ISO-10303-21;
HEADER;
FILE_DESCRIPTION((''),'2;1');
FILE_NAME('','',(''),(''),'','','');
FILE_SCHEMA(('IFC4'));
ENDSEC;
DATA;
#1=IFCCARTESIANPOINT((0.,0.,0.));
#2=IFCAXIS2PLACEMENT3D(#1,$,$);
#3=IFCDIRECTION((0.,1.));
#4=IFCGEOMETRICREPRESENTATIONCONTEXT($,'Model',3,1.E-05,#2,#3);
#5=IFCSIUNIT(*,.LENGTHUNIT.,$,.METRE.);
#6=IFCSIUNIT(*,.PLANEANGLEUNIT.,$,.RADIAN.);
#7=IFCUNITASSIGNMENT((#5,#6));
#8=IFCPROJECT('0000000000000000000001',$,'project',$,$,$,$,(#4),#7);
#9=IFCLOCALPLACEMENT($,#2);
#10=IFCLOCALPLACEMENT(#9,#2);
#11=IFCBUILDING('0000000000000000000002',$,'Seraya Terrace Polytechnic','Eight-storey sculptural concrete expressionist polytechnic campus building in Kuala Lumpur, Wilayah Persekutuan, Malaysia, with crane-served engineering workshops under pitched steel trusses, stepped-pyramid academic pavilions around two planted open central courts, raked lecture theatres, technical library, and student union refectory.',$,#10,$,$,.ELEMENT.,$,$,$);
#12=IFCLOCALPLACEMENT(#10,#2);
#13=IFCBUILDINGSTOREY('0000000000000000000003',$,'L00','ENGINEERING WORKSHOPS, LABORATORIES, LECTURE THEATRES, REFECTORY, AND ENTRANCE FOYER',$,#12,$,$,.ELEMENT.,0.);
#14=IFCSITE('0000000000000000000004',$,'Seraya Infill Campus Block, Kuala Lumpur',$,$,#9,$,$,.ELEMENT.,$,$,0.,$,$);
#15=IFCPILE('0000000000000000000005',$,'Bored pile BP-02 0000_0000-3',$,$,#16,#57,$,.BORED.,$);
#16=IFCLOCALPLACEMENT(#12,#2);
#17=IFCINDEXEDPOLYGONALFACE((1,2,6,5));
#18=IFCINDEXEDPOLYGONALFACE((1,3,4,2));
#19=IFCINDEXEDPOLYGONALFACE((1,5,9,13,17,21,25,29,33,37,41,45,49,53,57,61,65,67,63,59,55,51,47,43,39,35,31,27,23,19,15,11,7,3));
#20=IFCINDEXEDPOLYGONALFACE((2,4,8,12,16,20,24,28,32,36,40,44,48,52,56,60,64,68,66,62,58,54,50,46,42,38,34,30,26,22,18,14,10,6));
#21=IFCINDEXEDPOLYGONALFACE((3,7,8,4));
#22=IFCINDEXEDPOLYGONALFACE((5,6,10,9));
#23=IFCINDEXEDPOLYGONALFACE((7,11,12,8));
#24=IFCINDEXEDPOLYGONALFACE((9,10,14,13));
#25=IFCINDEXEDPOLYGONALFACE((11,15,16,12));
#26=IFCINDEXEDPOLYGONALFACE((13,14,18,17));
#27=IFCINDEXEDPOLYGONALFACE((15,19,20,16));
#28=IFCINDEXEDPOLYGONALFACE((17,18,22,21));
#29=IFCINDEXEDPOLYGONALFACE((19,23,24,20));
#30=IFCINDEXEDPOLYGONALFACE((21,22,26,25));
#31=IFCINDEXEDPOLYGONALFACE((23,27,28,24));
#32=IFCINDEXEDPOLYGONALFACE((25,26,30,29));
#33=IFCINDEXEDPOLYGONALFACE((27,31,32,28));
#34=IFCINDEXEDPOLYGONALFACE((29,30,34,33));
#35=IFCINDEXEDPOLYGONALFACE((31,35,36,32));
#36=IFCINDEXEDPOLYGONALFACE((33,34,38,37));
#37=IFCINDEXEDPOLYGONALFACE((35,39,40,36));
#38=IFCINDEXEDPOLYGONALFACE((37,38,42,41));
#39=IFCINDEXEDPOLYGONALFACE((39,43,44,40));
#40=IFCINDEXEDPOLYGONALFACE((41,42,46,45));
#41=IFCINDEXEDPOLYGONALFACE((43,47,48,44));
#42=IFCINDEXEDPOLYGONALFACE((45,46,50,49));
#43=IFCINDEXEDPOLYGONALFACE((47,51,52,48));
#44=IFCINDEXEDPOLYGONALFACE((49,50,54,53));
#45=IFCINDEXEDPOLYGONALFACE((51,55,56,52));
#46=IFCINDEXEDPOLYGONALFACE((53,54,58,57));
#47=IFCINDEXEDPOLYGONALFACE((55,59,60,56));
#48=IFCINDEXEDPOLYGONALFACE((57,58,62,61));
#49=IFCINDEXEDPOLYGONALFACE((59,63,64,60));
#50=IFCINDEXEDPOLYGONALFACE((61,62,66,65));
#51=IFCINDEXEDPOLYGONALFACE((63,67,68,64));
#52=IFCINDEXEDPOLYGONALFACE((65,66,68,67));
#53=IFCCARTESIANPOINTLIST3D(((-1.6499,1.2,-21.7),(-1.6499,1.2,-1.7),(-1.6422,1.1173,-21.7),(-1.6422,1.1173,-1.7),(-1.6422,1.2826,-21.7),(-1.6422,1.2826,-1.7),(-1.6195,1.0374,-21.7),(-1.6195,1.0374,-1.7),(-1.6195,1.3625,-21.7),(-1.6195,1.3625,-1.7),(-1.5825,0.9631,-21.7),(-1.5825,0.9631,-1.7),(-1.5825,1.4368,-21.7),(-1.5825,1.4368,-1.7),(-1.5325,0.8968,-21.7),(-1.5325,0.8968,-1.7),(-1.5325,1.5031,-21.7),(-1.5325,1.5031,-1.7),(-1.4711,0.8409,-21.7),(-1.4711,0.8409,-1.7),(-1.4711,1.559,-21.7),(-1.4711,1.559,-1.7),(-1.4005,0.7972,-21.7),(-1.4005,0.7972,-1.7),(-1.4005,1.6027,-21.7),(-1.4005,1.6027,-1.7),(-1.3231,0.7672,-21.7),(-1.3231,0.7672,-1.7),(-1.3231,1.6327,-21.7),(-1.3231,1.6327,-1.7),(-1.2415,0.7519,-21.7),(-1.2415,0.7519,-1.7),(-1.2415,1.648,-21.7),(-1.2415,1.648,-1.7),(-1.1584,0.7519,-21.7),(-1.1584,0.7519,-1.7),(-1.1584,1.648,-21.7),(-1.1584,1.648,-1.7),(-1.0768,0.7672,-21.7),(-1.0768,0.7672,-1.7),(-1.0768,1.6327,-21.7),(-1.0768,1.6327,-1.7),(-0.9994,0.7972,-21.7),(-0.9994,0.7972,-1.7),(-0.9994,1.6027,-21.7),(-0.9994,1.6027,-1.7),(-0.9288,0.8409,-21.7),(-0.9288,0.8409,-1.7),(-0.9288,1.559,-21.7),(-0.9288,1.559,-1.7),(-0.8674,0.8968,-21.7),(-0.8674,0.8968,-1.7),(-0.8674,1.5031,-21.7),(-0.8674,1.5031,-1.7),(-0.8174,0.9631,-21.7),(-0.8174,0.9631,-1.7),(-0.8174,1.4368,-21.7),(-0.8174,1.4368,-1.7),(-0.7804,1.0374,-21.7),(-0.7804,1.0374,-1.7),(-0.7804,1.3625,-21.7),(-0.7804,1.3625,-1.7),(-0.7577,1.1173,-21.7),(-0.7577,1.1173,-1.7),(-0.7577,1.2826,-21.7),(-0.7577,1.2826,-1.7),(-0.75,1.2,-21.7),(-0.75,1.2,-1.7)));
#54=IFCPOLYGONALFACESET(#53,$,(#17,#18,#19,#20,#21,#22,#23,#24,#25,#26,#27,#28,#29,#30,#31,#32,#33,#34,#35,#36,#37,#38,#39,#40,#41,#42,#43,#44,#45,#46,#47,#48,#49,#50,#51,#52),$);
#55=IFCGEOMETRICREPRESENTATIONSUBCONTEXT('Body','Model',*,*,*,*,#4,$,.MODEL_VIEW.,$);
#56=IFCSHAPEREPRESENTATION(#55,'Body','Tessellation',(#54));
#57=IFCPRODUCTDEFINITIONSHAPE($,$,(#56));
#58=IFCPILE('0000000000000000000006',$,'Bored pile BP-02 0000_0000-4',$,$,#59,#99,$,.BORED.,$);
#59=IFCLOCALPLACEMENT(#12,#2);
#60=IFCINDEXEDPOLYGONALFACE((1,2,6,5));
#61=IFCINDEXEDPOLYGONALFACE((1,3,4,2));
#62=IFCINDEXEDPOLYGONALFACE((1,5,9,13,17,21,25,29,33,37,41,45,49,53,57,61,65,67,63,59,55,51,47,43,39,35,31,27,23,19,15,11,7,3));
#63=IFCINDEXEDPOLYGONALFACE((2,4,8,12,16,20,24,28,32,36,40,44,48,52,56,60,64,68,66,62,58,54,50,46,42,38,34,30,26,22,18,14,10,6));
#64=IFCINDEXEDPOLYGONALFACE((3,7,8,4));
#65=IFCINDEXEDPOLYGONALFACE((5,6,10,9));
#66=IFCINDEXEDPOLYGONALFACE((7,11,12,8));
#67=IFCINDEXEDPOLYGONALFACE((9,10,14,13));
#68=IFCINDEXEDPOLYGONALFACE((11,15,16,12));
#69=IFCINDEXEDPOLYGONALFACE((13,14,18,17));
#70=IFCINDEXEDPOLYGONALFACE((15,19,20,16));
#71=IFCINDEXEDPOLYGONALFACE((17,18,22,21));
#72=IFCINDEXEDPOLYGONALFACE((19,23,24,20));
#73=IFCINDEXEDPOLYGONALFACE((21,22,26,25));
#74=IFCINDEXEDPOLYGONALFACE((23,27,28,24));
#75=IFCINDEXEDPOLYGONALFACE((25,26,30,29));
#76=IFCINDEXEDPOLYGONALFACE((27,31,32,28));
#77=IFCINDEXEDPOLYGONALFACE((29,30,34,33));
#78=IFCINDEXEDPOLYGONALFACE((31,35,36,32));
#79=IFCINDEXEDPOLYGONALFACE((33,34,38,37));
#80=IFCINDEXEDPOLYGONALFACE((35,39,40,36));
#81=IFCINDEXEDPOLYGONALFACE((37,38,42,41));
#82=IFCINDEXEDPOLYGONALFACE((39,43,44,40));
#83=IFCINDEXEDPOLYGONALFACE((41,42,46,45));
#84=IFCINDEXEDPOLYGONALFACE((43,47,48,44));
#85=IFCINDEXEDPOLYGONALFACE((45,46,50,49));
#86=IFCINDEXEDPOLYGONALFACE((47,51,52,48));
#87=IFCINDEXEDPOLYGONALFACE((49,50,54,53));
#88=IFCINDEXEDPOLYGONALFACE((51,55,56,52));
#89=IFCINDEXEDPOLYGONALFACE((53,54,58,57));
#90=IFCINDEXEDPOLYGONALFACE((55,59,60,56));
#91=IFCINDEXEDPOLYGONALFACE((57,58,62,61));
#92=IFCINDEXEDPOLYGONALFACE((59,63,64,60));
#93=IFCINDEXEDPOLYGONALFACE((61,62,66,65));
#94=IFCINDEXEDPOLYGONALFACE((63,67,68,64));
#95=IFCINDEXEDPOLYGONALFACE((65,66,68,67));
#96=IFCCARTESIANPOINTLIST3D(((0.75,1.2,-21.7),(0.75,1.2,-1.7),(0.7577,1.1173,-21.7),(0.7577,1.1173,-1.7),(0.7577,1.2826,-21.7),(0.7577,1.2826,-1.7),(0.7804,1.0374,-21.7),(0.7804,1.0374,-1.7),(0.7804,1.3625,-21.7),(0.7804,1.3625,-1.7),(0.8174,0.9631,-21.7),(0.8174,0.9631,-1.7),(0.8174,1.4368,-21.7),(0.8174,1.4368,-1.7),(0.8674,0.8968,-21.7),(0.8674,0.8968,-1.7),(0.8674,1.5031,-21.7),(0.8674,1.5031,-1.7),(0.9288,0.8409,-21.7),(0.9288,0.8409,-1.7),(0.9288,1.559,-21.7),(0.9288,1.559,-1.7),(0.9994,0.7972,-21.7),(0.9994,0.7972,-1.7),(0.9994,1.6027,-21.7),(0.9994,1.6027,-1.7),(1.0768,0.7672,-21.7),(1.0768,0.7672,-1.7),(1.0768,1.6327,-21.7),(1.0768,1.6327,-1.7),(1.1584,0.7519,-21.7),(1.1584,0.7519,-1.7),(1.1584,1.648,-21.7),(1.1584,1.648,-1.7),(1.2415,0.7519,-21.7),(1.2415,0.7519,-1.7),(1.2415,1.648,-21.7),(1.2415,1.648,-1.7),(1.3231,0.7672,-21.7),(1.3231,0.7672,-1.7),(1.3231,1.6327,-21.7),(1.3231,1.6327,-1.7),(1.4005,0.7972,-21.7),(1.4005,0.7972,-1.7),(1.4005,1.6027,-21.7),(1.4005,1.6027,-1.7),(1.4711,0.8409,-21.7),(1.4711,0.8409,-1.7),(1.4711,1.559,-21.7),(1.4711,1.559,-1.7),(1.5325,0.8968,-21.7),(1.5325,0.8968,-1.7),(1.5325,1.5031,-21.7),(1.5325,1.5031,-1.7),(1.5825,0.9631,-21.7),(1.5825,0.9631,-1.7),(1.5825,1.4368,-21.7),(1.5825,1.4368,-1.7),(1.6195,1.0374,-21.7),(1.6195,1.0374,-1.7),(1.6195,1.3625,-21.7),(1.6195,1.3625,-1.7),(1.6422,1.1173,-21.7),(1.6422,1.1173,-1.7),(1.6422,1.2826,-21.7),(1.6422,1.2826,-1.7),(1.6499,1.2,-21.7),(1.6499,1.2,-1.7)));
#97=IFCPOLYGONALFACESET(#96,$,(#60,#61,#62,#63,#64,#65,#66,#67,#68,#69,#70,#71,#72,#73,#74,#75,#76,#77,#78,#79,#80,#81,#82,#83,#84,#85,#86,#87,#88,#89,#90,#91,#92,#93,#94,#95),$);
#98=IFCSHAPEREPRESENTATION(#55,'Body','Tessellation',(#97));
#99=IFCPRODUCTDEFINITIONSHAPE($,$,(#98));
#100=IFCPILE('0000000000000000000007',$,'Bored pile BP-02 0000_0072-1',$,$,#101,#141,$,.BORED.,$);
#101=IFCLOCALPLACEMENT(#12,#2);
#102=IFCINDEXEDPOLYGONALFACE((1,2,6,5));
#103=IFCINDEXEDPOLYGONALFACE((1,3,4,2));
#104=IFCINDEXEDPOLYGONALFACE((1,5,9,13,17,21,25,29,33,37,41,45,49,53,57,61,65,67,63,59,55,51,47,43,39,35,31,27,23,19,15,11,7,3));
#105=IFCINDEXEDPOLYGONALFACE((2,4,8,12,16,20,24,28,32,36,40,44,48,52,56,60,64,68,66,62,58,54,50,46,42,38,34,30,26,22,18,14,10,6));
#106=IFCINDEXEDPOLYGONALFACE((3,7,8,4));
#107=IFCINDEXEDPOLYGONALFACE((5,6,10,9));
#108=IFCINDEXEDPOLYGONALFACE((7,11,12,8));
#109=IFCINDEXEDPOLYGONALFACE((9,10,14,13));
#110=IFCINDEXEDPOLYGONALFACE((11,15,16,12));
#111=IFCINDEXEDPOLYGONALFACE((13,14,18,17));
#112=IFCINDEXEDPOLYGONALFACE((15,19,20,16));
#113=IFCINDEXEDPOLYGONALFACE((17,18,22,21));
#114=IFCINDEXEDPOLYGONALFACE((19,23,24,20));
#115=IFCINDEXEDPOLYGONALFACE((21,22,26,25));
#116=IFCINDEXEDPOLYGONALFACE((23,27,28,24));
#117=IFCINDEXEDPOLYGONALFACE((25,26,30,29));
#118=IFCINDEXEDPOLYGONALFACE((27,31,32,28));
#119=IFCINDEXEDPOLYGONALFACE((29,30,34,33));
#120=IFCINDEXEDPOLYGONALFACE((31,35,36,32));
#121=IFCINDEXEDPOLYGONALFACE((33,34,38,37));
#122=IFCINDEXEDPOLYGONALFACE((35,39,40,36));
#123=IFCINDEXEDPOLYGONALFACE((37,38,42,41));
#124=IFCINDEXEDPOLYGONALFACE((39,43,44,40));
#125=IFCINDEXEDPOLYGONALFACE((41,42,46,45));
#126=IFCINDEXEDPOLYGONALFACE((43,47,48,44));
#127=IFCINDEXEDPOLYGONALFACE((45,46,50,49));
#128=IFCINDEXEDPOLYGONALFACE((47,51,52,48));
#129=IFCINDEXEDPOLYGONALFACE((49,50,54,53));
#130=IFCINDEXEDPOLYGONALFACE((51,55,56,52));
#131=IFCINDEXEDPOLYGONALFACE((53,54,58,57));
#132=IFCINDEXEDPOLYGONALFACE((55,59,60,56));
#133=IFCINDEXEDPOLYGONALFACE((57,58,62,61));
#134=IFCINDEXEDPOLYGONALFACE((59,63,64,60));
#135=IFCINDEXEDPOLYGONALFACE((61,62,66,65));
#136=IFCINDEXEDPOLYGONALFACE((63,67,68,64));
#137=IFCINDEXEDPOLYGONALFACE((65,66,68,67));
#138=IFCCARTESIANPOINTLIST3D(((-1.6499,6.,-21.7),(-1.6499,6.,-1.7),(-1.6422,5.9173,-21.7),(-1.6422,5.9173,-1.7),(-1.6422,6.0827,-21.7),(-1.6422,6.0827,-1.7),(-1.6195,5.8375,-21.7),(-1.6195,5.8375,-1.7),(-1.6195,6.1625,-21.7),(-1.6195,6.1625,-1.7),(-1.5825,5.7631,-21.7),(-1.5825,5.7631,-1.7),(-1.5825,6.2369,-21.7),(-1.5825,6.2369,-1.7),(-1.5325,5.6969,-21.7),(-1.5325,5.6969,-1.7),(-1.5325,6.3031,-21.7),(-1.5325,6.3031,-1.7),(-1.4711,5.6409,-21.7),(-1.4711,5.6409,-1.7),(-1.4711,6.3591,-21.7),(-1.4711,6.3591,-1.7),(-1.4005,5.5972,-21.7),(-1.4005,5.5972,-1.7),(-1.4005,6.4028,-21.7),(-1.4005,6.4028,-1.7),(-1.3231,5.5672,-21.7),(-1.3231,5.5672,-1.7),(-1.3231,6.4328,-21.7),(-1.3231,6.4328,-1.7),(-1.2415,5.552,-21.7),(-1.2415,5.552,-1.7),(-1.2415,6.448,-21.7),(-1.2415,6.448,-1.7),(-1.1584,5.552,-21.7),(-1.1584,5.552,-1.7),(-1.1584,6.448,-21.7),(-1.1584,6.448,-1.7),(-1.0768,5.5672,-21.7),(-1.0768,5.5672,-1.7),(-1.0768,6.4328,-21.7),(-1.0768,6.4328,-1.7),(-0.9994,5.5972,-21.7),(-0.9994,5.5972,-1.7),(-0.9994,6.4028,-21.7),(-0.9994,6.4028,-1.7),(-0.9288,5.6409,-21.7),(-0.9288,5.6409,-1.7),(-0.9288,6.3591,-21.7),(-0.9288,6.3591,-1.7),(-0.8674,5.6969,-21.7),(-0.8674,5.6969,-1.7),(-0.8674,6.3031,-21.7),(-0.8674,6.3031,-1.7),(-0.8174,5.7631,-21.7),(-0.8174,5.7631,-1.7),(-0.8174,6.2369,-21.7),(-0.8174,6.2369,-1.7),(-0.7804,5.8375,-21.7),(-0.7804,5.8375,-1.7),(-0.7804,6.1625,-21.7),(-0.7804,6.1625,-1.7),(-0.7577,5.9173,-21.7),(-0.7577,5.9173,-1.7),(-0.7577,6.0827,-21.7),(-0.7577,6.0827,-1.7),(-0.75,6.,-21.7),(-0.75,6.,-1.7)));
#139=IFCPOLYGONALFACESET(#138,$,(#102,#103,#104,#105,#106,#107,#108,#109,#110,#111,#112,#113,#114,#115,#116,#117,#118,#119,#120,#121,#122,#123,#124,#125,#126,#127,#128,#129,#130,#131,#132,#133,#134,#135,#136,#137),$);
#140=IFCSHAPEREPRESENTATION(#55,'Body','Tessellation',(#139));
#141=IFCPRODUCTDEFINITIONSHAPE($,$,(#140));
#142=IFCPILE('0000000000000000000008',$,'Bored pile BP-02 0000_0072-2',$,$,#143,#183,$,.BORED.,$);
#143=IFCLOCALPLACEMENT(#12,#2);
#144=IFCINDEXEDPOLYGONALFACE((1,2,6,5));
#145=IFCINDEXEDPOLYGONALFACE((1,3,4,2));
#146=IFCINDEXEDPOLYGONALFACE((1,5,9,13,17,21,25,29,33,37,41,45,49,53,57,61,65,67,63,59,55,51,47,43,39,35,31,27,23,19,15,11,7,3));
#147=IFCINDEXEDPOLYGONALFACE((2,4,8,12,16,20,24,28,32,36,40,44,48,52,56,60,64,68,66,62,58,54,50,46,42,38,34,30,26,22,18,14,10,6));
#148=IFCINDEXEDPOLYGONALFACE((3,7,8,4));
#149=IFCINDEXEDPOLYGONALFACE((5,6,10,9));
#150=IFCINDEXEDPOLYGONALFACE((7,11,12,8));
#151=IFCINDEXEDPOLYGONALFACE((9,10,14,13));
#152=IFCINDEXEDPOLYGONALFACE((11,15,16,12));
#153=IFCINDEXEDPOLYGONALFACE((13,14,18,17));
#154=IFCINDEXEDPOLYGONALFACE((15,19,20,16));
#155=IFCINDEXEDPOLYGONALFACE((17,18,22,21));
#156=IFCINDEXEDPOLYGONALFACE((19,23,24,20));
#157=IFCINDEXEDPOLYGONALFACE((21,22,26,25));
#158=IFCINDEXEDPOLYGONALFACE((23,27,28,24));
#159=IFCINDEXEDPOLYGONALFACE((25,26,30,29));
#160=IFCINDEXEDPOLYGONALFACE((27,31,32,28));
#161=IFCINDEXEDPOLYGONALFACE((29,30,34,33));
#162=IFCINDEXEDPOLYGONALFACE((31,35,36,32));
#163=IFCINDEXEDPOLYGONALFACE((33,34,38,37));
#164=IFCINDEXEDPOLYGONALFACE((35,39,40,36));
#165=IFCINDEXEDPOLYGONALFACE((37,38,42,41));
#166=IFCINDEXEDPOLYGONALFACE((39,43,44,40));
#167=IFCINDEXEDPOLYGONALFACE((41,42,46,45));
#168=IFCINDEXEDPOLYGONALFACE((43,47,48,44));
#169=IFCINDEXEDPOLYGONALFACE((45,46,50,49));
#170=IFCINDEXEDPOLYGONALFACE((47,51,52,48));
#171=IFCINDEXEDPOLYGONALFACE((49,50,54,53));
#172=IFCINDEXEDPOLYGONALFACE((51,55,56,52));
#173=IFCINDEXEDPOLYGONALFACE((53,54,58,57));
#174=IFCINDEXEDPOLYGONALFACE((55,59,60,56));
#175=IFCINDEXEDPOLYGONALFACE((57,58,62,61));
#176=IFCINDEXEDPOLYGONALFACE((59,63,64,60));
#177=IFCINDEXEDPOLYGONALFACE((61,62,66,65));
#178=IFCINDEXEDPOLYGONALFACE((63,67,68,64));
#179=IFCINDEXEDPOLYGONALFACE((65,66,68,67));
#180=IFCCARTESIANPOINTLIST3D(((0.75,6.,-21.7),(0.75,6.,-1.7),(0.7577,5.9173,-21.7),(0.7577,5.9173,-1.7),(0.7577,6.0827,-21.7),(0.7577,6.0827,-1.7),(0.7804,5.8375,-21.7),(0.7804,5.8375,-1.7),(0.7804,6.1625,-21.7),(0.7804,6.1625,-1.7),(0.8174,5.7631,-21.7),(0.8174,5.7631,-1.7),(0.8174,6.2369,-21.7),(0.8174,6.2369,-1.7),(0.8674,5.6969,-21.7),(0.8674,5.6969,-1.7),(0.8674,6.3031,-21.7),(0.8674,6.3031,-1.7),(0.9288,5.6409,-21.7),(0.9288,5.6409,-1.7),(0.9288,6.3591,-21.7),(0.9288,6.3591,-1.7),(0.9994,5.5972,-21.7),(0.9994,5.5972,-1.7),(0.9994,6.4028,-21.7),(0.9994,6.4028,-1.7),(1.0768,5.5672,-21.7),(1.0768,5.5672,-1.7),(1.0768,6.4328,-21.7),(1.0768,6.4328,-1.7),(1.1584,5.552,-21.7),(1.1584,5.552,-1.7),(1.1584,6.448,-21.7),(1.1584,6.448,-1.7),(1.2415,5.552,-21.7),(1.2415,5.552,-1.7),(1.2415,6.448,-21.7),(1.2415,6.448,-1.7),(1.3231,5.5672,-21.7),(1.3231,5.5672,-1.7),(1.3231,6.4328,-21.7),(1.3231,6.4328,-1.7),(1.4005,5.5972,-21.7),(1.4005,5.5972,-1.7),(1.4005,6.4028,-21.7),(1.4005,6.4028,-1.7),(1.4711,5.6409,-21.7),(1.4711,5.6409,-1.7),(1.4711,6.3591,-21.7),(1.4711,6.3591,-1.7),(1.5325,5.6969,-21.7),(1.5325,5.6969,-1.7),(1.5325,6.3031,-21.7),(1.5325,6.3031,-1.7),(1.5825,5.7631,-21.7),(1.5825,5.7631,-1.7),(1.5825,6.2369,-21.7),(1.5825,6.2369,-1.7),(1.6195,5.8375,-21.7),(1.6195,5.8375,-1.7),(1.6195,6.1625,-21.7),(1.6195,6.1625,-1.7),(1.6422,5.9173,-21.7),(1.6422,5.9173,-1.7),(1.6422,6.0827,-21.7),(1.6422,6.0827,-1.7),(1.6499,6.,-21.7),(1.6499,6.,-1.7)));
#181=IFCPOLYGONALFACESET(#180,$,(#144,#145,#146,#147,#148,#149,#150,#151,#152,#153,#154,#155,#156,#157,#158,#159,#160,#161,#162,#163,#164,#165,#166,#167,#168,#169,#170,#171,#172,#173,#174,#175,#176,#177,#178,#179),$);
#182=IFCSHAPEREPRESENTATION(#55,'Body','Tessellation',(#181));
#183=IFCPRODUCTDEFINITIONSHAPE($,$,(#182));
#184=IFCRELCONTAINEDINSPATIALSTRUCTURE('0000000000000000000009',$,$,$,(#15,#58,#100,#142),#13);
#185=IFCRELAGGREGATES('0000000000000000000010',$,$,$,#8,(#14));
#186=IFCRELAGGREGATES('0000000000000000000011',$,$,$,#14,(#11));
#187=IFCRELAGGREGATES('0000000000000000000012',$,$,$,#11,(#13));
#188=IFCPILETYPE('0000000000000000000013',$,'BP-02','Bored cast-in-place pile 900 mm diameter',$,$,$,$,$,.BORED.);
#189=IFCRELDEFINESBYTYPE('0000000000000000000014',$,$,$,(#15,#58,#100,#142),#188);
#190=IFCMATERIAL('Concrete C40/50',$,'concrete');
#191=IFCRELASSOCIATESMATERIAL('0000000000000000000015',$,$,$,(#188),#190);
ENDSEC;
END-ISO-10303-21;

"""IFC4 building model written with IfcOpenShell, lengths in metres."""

from ifc_helpers import new_model, si_unit, direction, frame, origin, origin_2d, place, context, subcontext, project, spatial, circle, extrude, material, material_profile, profile_set, type_object, element, save


model = new_model("IFC4")

# Units and contexts
model_context = context("Model", 3, precision=1e-05, world=origin(), true_north=direction((0.0, 1.0)))
body_context = subcontext(model_context, "Body", "Model", "MODEL_VIEW")
ifc_project = project(units=[si_unit("LENGTHUNIT", "METRE"), si_unit("PLANEANGLEUNIT", "RADIAN")], contexts=[model_context])

# Site, building, storey
site_placement = place(None, origin())
site = spatial("IfcSite", under=ifc_project, at=site_placement, Name="Seraya Infill Campus Block, Kuala Lumpur", CompositionType="ELEMENT", RefElevation=0.0)
building_placement = place(site_placement, origin())
building = spatial("IfcBuilding", under=site, at=building_placement, Name="Seraya Terrace Polytechnic", Description="Eight-storey sculptural concrete expressionist polytechnic campus building in Kuala Lumpur, Wilayah Persekutuan, Malaysia, with crane-served engineering workshops under pitched steel trusses, stepped-pyramid academic pavilions around two planted open central courts, raked lecture theatres, technical library, and student union refectory.", CompositionType="ELEMENT")
storey_placement = place(building_placement, origin())
storey = spatial("IfcBuildingStorey", under=building, at=storey_placement, Name="L00", Description="ENGINEERING WORKSHOPS, LABORATORIES, LECTURE THEATRES, REFECTORY, AND ENTRANCE FOYER", CompositionType="ELEMENT", Elevation=0.0)

# Piles
ifc_material_1 = material(Name="Concrete C40/50", Category="concrete")
ifc_material_profile_1 = material_profile(ifc_material_1, circle(Radius=0.45, at=origin_2d()), Name="DIA 900")
ifc_profile_set_1 = profile_set([ifc_material_profile_1], Name="Concrete C40/50")
pile_type = type_object("IfcPileType", Name="BP-02", Description="Bored cast-in-place pile 900 mm diameter", PredefinedType="BORED", material=ifc_profile_set_1)
for number, where, z_axis, x_axis, name in (
    (1, (-1.2, 1.2, -1.7), (0.0, 0.0, -1.0), (1.0, 0.0, 0.0), "Bored pile BP-02 0000_0000-3"),
    (2, (1.2, 1.2, -1.7), (0.0, 0.0, -1.0), (1.0, 0.0, 0.0), "Bored pile BP-02 0000_0000-4"),
    (3, (-1.2, 6.0, -1.7), (0.0, 0.0, -1.0), (1.0, 0.0, 0.0), "Bored pile BP-02 0000_0072-1"),
    (4, (1.2, 6.0, -1.7), (0.0, 0.0, -1.0), (1.0, 0.0, 0.0), "Bored pile BP-02 0000_0072-2"),
):
    element("IfcPile", number, at=place(storey_placement, frame(where, z_axis=z_axis, x_axis=x_axis)), inside=storey, type_object=pile_type, Name=name, PredefinedType="BORED", context=body_context, shape_type="SweptSolid", body=[
        extrude(circle(Radius=0.45, at=origin_2d()), origin(), (0.0, 0.0, 1.0), 20.0),
    ])

save(model, "model.ifc")
